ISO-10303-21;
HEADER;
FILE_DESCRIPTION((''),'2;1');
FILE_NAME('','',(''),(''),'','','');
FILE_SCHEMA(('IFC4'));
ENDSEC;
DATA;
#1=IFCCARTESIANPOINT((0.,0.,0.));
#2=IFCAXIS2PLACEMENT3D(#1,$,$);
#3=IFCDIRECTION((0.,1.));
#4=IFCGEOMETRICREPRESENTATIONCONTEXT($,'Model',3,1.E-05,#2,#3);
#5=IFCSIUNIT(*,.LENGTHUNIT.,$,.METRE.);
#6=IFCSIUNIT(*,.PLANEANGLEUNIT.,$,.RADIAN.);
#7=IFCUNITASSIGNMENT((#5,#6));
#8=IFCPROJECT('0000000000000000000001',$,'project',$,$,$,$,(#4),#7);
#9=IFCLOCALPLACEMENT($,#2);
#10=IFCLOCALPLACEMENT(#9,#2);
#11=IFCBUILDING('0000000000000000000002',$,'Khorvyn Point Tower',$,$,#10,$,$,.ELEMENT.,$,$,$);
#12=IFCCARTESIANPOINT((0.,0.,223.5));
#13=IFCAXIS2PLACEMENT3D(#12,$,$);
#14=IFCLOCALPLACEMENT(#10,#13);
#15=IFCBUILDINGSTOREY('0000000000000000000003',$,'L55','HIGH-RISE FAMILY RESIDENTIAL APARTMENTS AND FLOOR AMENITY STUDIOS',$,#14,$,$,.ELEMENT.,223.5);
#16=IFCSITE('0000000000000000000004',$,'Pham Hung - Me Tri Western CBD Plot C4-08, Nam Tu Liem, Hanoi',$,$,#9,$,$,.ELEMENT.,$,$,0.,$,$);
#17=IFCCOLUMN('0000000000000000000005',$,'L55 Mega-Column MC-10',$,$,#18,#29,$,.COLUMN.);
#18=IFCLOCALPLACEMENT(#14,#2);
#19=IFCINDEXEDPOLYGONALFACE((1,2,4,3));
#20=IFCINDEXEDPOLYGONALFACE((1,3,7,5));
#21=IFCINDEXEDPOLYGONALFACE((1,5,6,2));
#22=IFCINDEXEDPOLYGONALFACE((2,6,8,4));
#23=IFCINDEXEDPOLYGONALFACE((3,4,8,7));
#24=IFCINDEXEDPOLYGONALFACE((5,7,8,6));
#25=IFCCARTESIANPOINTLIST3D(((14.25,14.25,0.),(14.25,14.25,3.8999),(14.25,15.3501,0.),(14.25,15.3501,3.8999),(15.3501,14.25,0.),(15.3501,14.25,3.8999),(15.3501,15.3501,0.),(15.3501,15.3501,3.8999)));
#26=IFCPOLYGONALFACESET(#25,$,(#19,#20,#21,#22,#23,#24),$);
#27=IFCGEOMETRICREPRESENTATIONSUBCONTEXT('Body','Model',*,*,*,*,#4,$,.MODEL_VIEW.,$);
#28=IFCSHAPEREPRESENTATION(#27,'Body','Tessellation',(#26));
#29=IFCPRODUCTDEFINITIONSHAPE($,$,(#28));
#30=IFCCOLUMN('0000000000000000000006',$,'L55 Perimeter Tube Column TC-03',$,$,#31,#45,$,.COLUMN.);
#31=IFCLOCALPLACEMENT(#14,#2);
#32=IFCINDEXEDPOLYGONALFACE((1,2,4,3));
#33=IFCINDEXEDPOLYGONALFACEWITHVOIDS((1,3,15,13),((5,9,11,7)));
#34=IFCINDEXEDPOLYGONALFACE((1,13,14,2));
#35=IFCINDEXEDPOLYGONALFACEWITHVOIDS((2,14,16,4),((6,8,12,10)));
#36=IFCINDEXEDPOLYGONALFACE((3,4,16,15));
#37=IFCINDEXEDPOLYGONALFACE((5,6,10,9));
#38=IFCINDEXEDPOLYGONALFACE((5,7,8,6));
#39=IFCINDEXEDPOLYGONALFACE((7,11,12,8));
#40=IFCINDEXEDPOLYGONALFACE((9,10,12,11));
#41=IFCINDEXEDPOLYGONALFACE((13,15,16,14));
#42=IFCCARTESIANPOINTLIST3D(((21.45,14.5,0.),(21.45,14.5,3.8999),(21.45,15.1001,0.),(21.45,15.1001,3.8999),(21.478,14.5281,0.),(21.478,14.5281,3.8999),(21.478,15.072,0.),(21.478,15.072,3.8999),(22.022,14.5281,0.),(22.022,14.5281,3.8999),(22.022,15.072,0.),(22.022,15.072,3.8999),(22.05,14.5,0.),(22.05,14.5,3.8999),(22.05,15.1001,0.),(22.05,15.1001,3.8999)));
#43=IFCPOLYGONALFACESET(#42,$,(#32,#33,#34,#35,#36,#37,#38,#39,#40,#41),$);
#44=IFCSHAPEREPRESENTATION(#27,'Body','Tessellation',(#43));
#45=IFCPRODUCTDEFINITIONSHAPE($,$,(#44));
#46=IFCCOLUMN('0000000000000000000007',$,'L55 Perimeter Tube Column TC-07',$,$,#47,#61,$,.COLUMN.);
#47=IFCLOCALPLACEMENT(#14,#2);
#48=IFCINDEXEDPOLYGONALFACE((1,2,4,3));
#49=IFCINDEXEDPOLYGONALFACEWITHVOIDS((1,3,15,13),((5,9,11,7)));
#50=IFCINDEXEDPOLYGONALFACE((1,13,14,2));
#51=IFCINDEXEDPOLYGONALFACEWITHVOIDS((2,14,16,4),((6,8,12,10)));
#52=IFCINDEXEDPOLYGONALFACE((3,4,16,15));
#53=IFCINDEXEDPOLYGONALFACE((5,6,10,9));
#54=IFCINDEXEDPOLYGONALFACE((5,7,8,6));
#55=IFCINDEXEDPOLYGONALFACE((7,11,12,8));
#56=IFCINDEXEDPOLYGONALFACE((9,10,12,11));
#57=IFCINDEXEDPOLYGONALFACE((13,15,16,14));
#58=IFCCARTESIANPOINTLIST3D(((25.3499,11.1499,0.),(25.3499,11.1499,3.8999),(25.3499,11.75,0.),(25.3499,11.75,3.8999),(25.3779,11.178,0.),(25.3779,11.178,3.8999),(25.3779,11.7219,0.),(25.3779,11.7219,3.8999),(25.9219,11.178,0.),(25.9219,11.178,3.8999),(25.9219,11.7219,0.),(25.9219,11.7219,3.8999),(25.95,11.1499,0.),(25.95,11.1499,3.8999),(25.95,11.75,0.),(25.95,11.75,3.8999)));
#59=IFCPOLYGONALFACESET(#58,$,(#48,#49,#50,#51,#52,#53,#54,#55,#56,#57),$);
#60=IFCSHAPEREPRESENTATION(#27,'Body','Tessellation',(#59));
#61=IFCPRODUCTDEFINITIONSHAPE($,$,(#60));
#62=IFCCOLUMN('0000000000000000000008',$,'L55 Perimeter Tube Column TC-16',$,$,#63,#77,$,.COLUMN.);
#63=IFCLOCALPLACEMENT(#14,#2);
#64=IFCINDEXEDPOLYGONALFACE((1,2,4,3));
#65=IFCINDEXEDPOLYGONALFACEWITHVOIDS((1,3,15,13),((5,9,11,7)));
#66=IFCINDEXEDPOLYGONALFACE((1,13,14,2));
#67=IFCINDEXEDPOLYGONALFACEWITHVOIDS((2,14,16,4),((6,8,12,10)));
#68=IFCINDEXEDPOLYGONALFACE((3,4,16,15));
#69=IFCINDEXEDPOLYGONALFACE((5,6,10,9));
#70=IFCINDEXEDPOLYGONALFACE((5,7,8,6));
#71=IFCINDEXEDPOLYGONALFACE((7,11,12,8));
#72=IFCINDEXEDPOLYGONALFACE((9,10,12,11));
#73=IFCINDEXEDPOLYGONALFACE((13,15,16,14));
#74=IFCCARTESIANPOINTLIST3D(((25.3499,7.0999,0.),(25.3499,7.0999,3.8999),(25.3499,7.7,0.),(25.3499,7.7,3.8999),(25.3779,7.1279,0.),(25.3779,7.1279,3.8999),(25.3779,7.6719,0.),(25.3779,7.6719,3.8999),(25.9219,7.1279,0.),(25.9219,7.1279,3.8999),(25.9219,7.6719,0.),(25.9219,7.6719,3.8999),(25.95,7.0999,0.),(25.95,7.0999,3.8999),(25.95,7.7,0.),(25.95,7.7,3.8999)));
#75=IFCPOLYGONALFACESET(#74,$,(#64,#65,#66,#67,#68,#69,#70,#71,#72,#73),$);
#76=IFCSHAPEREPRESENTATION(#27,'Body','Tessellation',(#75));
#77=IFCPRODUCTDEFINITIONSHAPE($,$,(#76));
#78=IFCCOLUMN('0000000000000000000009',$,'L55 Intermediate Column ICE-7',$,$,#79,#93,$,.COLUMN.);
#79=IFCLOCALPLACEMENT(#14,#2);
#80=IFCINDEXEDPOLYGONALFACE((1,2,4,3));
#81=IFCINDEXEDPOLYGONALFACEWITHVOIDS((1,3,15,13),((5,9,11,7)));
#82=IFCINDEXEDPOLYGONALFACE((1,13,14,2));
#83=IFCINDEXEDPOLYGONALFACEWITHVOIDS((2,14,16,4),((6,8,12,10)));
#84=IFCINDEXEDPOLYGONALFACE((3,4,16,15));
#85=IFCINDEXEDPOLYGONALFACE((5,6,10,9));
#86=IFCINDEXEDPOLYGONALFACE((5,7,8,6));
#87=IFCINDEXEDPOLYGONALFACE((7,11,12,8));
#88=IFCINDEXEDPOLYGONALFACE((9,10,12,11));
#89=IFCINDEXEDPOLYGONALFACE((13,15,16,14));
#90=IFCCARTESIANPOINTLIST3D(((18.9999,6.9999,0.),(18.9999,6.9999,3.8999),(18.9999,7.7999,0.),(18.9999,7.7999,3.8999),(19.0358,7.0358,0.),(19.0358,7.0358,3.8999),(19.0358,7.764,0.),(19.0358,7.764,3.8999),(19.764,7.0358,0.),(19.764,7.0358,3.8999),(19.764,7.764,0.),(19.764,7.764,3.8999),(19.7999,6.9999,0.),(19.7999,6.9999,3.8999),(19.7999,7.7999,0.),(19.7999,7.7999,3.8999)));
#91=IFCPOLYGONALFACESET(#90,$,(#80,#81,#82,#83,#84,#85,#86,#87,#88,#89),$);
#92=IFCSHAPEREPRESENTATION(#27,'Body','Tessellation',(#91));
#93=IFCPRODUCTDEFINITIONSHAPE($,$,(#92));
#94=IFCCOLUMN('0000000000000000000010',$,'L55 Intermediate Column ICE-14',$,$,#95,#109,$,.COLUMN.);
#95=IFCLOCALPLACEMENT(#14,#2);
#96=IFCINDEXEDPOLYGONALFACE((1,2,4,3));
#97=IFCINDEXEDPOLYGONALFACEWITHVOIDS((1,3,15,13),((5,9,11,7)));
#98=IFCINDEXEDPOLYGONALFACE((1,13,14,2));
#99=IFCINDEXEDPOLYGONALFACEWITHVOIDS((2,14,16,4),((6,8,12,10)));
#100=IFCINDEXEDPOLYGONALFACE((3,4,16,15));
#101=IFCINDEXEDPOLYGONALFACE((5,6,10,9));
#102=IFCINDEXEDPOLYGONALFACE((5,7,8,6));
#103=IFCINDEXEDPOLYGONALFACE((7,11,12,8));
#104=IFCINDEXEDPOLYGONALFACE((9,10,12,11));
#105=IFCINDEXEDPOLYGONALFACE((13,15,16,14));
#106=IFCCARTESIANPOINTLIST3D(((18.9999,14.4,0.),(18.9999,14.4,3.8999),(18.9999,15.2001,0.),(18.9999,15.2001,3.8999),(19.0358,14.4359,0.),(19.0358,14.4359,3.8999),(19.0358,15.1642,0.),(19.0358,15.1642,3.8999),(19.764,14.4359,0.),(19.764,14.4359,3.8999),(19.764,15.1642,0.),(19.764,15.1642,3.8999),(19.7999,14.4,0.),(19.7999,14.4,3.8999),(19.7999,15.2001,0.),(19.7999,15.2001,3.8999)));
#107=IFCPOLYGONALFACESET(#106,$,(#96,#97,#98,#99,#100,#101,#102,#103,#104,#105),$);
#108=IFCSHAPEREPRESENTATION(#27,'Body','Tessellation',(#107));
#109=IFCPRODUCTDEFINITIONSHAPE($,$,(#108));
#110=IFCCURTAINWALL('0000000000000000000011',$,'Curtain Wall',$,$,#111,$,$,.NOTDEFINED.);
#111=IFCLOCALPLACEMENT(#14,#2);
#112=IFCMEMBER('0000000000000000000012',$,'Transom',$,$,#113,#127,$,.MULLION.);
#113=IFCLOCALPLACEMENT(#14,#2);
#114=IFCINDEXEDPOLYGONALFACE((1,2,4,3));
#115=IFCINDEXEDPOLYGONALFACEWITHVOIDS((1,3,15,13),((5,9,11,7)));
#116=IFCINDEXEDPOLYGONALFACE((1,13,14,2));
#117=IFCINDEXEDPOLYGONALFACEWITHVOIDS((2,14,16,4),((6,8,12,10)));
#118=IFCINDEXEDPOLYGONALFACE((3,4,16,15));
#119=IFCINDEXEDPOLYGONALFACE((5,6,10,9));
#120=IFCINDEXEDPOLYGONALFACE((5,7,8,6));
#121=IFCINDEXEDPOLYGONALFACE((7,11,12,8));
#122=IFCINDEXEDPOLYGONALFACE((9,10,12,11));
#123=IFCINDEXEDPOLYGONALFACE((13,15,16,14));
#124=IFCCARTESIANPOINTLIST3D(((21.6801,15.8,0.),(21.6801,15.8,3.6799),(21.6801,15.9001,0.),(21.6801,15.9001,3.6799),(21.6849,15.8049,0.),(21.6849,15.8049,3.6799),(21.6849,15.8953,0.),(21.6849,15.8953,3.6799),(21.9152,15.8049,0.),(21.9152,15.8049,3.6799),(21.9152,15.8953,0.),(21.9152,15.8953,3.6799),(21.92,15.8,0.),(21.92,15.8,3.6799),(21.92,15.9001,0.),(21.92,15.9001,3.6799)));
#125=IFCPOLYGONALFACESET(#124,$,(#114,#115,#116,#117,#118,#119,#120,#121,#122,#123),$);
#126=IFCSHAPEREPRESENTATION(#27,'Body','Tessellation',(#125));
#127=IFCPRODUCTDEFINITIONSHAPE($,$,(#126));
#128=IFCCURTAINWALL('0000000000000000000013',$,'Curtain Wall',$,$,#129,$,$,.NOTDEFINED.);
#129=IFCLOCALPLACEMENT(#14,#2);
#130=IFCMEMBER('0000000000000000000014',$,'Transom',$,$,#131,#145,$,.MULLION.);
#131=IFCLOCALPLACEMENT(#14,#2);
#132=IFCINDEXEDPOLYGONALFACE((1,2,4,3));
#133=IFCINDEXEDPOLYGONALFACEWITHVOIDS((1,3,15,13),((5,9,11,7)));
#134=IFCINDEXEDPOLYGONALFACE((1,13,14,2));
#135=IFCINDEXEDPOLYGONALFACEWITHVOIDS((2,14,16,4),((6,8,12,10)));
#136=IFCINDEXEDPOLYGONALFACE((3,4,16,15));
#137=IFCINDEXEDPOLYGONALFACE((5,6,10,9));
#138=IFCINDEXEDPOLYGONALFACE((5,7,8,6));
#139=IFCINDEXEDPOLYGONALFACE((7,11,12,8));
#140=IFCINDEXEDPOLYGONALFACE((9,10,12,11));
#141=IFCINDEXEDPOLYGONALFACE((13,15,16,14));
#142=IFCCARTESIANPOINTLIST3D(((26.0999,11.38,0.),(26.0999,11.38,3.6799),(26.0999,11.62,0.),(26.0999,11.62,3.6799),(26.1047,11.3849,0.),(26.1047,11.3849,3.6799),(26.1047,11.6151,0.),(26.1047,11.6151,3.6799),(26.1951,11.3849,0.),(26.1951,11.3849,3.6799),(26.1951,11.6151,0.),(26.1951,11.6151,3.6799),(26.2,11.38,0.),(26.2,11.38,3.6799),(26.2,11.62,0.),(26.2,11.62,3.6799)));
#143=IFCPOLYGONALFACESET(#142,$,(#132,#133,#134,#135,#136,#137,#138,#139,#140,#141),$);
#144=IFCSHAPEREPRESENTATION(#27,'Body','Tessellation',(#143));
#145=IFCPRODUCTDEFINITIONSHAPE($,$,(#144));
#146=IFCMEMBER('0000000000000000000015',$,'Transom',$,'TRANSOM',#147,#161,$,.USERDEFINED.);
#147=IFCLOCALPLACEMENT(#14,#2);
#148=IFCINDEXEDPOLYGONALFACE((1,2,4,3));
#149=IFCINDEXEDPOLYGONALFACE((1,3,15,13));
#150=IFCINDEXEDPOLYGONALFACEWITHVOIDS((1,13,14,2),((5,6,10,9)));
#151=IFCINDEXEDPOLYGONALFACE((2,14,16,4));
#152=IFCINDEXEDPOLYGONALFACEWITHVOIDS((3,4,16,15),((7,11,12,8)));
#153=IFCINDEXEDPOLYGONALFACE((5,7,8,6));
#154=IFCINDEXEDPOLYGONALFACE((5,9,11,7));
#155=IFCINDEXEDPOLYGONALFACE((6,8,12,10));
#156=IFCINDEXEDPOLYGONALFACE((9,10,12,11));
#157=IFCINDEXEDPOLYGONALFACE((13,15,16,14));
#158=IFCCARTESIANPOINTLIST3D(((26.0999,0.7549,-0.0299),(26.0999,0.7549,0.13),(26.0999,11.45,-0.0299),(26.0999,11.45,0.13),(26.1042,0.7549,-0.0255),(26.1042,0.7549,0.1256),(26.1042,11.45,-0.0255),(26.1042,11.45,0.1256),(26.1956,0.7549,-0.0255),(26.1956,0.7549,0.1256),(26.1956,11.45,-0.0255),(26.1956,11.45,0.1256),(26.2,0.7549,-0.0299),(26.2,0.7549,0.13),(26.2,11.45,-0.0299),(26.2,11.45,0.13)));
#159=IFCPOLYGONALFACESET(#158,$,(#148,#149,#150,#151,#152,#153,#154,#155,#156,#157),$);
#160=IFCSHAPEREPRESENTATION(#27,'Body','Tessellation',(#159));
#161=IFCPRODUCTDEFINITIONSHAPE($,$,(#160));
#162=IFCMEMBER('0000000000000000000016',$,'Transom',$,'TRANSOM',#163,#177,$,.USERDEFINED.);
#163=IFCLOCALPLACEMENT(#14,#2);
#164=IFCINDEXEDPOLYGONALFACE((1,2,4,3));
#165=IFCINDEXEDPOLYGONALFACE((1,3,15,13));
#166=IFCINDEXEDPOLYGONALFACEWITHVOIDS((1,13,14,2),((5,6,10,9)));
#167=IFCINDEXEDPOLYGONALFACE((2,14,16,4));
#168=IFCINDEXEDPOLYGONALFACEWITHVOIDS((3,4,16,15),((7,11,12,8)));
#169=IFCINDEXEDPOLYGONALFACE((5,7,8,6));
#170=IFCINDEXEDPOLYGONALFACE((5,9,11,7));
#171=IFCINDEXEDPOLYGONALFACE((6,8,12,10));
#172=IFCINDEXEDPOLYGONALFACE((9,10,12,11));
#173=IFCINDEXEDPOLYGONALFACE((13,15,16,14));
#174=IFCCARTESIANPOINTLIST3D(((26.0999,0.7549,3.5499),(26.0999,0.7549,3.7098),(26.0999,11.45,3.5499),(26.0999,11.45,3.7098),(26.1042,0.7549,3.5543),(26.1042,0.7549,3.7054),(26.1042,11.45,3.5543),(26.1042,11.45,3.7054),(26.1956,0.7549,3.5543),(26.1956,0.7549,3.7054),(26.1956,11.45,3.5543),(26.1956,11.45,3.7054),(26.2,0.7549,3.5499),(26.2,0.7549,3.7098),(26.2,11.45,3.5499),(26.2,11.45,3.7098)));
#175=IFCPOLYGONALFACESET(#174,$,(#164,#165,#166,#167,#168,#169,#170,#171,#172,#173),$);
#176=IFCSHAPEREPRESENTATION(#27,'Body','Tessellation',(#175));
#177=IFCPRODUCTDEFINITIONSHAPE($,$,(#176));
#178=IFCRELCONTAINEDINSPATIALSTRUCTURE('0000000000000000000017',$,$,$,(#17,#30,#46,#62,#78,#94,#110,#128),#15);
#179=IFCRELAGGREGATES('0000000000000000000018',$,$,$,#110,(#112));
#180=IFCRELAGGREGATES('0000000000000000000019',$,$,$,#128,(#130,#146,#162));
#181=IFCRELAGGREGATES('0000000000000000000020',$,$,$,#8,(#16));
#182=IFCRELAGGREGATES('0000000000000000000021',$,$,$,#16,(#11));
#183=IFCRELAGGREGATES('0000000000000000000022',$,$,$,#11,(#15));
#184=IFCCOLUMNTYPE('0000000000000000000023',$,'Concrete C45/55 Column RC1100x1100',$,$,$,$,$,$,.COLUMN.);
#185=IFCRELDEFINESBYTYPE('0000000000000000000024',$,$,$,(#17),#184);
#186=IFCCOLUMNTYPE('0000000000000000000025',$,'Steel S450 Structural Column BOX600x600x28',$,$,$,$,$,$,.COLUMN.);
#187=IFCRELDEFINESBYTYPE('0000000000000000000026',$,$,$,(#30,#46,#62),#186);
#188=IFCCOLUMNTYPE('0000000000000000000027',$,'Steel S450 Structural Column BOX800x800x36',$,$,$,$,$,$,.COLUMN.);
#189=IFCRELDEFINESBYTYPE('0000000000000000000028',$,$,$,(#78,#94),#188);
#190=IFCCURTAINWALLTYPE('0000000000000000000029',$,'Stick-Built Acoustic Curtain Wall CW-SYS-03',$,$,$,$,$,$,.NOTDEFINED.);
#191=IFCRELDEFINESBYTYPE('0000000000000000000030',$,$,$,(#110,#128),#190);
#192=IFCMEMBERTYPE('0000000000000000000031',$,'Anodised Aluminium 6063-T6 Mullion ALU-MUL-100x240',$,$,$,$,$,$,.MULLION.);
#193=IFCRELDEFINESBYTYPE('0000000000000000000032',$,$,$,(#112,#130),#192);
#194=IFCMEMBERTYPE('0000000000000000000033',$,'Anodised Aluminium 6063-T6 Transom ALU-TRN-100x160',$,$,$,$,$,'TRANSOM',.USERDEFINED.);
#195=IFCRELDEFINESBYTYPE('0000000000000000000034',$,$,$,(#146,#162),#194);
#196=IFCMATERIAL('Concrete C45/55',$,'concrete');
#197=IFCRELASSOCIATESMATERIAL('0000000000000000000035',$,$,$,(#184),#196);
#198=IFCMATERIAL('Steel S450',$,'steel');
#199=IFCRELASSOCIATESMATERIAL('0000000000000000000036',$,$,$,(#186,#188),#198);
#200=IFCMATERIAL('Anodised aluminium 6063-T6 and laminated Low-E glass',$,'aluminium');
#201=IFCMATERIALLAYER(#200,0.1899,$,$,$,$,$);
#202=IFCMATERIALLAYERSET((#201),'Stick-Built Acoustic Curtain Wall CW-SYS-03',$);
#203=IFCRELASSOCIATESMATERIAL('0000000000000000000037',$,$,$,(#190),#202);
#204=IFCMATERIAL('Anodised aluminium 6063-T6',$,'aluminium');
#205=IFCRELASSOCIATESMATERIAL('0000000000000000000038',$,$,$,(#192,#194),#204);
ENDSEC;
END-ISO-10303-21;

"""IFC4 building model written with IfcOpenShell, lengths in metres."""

from ifc_helpers import new_model, si_unit, direction, frame, origin, origin_2d, place, context, subcontext, project, spatial, rectangle, hollow_rectangle, extrude, material, layer, layer_set, material_profile, profile_set, type_object, element, aggregate, save


model = new_model("IFC4")

# Units and contexts
model_context = context("Model", 3, precision=1e-05, world=origin(), true_north=direction((0.0, 1.0)))
body_context = subcontext(model_context, "Body", "Model", "MODEL_VIEW")
ifc_project = project(units=[si_unit("LENGTHUNIT", "METRE"), si_unit("PLANEANGLEUNIT", "RADIAN")], contexts=[model_context])

# Site, building, storey
site_placement = place(None, origin())
site = spatial("IfcSite", under=ifc_project, at=site_placement, Name="Pham Hung - Me Tri Western CBD Plot C4-08, Nam Tu Liem, Hanoi", CompositionType="ELEMENT", RefElevation=0.0)
building_placement = place(site_placement, origin())
building = spatial("IfcBuilding", under=site, at=building_placement, Name="Khorvyn Point Tower", CompositionType="ELEMENT")
storey_placement = place(building_placement, frame((0.0, 0.0, 223.5)))
storey = spatial("IfcBuildingStorey", under=building, at=storey_placement, Name="L55", Description="HIGH-RISE FAMILY RESIDENTIAL APARTMENTS AND FLOOR AMENITY STUDIOS", CompositionType="ELEMENT", Elevation=223.5)

# Columns
ifc_material_1 = material(Name="Concrete C45/55", Category="concrete")
ifc_material_profile_1 = material_profile(ifc_material_1, rectangle(XDim=1.1001, YDim=1.1001, at=origin_2d()))
ifc_profile_set_1 = profile_set([ifc_material_profile_1], Name="Concrete C45/55 RC1100x1100")
column_type_1 = type_object("IfcColumnType", Name="Concrete C45/55 Column RC1100x1100", PredefinedType="COLUMN", material=ifc_profile_set_1)
column_placement = place(storey_placement, frame((14.8, 14.8, 0.0), z_axis=(0.0, 0.0, 1.0), x_axis=(1.0, 0.0, 0.0)))
element("IfcColumn", 1, at=column_placement, inside=storey, type_object=column_type_1, Name="L55 Mega-Column MC-10", PredefinedType="COLUMN", context=body_context, shape_type="SweptSolid", body=[
    extrude(rectangle(XDim=1.1001, YDim=1.1001, at=origin_2d()), origin(), (0.0, 0.0, 1.0), 3.8999),
])
ifc_material_2 = material(Name="Steel S450", Category="steel")
ifc_material_profile_2 = material_profile(ifc_material_2, hollow_rectangle(XDim=0.6001, YDim=0.6001, WallThickness=0.0281, at=origin_2d()))
ifc_profile_set_2 = profile_set([ifc_material_profile_2], Name="Steel S450 BOX600x600x28")
column_type_2 = type_object("IfcColumnType", Name="Steel S450 Structural Column BOX600x600x28", PredefinedType="COLUMN", material=ifc_profile_set_2)
for number, where, z_axis, x_axis, name in (
    (2, (21.75, 14.8, 0.0), (0.0, 0.0, 1.0), (1.0, 0.0, 0.0), "L55 Perimeter Tube Column TC-03"),
    (3, (25.6499, 11.45, 0.0), (0.0, 0.0, 1.0), (1.0, 0.0, 0.0), "L55 Perimeter Tube Column TC-07"),
    (4, (25.6499, 7.3999, 0.0), (0.0, 0.0, 1.0), (1.0, 0.0, 0.0), "L55 Perimeter Tube Column TC-16"),
):
    element("IfcColumn", number, at=place(storey_placement, frame(where, z_axis=z_axis, x_axis=x_axis)), inside=storey, type_object=column_type_2, Name=name, PredefinedType="COLUMN", context=body_context, shape_type="SweptSolid", body=[
        extrude(hollow_rectangle(XDim=0.6001, YDim=0.6001, WallThickness=0.0281, at=origin_2d()), origin(), (0.0, 0.0, 1.0), 3.8999),
    ])
ifc_material_profile_3 = material_profile(ifc_material_2, hollow_rectangle(XDim=0.8, YDim=0.8, WallThickness=0.0359, at=origin_2d()))
ifc_profile_set_3 = profile_set([ifc_material_profile_3], Name="Steel S450 BOX800x800x36")
column_type_3 = type_object("IfcColumnType", Name="Steel S450 Structural Column BOX800x800x36", PredefinedType="COLUMN", material=ifc_profile_set_3)
for number, where, z_axis, x_axis, name in (
    (5, (19.3999, 7.3999, 0.0), (0.0, 0.0, 1.0), (1.0, 0.0, 0.0), "L55 Intermediate Column ICE-7"),
    (6, (19.3999, 14.8, 0.0), (0.0, 0.0, 1.0), (1.0, 0.0, 0.0), "L55 Intermediate Column ICE-14"),
):
    element("IfcColumn", number, at=place(storey_placement, frame(where, z_axis=z_axis, x_axis=x_axis)), inside=storey, type_object=column_type_3, Name=name, PredefinedType="COLUMN", context=body_context, shape_type="SweptSolid", body=[
        extrude(hollow_rectangle(XDim=0.8, YDim=0.8, WallThickness=0.0359, at=origin_2d()), origin(), (0.0, 0.0, 1.0), 3.8999),
    ])

# Curtain wall, member
ifc_material_3 = material(Name="Anodised aluminium 6063-T6 and laminated Low-E glass", Category="aluminium")
ifc_layer_1 = layer(ifc_material_3, 0.1899)
ifc_layer_set_1 = layer_set([ifc_layer_1], Name="Stick-Built Acoustic Curtain Wall CW-SYS-03")
curtain_wall_type = type_object("IfcCurtainWallType", Name="Stick-Built Acoustic Curtain Wall CW-SYS-03", PredefinedType="NOTDEFINED", material=ifc_layer_set_1)
curtain_wall_1_placement = place(storey_placement, origin())
curtain_wall_1 = element("IfcCurtainWall", 7, at=curtain_wall_1_placement, inside=storey, type_object=curtain_wall_type, Name="Curtain Wall", PredefinedType="NOTDEFINED")
ifc_material_4 = material(Name="Anodised aluminium 6063-T6", Category="aluminium")
ifc_material_profile_4 = material_profile(ifc_material_4, hollow_rectangle(XDim=0.1001, YDim=0.24, WallThickness=0.0049, at=origin_2d()))
ifc_profile_set_4 = profile_set([ifc_material_profile_4], Name="Anodised aluminium 6063-T6 ALU-MUL-100x240")
member_type_1 = type_object("IfcMemberType", Name="Anodised Aluminium 6063-T6 Mullion ALU-MUL-100x240", PredefinedType="MULLION", material=ifc_profile_set_4)
member_1_placement = place(storey_placement, frame((21.8, 15.8501, 0.0), z_axis=(0.0, 0.0, 1.0), x_axis=(0.0, 1.0, 0.0)))
member_1 = element("IfcMember", 8, at=member_1_placement, type_object=member_type_1, Name="Transom", PredefinedType="MULLION", context=body_context, shape_type="SweptSolid", body=[
    extrude(hollow_rectangle(XDim=0.1001, YDim=0.24, WallThickness=0.0049, at=origin_2d()), origin(), (0.0, 0.0, 1.0), 3.6799),
])
aggregate(curtain_wall_1, [member_1])

# Curtain wall, members
curtain_wall_2_placement = place(storey_placement, origin())
curtain_wall_2 = element("IfcCurtainWall", 9, at=curtain_wall_2_placement, inside=storey, type_object=curtain_wall_type, Name="Curtain Wall", PredefinedType="NOTDEFINED")
member_2_placement = place(storey_placement, frame((26.1499, 11.5, 0.0), z_axis=(0.0, 0.0, 1.0), x_axis=(1.0, 0.0, 0.0)))
member_2 = element("IfcMember", 10, at=member_2_placement, type_object=member_type_1, Name="Transom", PredefinedType="MULLION", context=body_context, shape_type="SweptSolid", body=[
    extrude(hollow_rectangle(XDim=0.1001, YDim=0.24, WallThickness=0.0049, at=origin_2d()), origin(), (0.0, 0.0, 1.0), 3.6799),
])
ifc_material_profile_5 = material_profile(ifc_material_4, hollow_rectangle(XDim=0.1001, YDim=0.1599, WallThickness=0.0044, at=origin_2d()))
ifc_profile_set_5 = profile_set([ifc_material_profile_5], Name="Anodised aluminium 6063-T6 ALU-TRN-100x160")
member_type_2 = type_object("IfcMemberType", Name="Anodised Aluminium 6063-T6 Transom ALU-TRN-100x160", ElementType="TRANSOM", PredefinedType="USERDEFINED", material=ifc_profile_set_5)
member_3_placement = place(storey_placement, frame((26.1499, 11.45, 0.05), z_axis=(0.0, -1.0, 0.0), x_axis=(1.0, 0.0, 0.0)))
member_3 = element("IfcMember", 11, at=member_3_placement, type_object=member_type_2, Name="Transom", ObjectType="TRANSOM", PredefinedType="USERDEFINED", context=body_context, shape_type="SweptSolid", body=[
    extrude(hollow_rectangle(XDim=0.1001, YDim=0.1599, WallThickness=0.0044, at=origin_2d()), origin(), (0.0, 0.0, 1.0), 10.6951),
])
member_4_placement = place(storey_placement, frame((26.1499, 11.45, 3.6299), z_axis=(0.0, -1.0, 0.0), x_axis=(1.0, 0.0, 0.0)))
member_4 = element("IfcMember", 12, at=member_4_placement, type_object=member_type_2, Name="Transom", ObjectType="TRANSOM", PredefinedType="USERDEFINED", context=body_context, shape_type="SweptSolid", body=[
    extrude(hollow_rectangle(XDim=0.1001, YDim=0.1599, WallThickness=0.0044, at=origin_2d()), origin(), (0.0, 0.0, 1.0), 10.6951),
])

aggregate(curtain_wall_2, [member_2, member_3, member_4])

save(model, "model.ifc")
